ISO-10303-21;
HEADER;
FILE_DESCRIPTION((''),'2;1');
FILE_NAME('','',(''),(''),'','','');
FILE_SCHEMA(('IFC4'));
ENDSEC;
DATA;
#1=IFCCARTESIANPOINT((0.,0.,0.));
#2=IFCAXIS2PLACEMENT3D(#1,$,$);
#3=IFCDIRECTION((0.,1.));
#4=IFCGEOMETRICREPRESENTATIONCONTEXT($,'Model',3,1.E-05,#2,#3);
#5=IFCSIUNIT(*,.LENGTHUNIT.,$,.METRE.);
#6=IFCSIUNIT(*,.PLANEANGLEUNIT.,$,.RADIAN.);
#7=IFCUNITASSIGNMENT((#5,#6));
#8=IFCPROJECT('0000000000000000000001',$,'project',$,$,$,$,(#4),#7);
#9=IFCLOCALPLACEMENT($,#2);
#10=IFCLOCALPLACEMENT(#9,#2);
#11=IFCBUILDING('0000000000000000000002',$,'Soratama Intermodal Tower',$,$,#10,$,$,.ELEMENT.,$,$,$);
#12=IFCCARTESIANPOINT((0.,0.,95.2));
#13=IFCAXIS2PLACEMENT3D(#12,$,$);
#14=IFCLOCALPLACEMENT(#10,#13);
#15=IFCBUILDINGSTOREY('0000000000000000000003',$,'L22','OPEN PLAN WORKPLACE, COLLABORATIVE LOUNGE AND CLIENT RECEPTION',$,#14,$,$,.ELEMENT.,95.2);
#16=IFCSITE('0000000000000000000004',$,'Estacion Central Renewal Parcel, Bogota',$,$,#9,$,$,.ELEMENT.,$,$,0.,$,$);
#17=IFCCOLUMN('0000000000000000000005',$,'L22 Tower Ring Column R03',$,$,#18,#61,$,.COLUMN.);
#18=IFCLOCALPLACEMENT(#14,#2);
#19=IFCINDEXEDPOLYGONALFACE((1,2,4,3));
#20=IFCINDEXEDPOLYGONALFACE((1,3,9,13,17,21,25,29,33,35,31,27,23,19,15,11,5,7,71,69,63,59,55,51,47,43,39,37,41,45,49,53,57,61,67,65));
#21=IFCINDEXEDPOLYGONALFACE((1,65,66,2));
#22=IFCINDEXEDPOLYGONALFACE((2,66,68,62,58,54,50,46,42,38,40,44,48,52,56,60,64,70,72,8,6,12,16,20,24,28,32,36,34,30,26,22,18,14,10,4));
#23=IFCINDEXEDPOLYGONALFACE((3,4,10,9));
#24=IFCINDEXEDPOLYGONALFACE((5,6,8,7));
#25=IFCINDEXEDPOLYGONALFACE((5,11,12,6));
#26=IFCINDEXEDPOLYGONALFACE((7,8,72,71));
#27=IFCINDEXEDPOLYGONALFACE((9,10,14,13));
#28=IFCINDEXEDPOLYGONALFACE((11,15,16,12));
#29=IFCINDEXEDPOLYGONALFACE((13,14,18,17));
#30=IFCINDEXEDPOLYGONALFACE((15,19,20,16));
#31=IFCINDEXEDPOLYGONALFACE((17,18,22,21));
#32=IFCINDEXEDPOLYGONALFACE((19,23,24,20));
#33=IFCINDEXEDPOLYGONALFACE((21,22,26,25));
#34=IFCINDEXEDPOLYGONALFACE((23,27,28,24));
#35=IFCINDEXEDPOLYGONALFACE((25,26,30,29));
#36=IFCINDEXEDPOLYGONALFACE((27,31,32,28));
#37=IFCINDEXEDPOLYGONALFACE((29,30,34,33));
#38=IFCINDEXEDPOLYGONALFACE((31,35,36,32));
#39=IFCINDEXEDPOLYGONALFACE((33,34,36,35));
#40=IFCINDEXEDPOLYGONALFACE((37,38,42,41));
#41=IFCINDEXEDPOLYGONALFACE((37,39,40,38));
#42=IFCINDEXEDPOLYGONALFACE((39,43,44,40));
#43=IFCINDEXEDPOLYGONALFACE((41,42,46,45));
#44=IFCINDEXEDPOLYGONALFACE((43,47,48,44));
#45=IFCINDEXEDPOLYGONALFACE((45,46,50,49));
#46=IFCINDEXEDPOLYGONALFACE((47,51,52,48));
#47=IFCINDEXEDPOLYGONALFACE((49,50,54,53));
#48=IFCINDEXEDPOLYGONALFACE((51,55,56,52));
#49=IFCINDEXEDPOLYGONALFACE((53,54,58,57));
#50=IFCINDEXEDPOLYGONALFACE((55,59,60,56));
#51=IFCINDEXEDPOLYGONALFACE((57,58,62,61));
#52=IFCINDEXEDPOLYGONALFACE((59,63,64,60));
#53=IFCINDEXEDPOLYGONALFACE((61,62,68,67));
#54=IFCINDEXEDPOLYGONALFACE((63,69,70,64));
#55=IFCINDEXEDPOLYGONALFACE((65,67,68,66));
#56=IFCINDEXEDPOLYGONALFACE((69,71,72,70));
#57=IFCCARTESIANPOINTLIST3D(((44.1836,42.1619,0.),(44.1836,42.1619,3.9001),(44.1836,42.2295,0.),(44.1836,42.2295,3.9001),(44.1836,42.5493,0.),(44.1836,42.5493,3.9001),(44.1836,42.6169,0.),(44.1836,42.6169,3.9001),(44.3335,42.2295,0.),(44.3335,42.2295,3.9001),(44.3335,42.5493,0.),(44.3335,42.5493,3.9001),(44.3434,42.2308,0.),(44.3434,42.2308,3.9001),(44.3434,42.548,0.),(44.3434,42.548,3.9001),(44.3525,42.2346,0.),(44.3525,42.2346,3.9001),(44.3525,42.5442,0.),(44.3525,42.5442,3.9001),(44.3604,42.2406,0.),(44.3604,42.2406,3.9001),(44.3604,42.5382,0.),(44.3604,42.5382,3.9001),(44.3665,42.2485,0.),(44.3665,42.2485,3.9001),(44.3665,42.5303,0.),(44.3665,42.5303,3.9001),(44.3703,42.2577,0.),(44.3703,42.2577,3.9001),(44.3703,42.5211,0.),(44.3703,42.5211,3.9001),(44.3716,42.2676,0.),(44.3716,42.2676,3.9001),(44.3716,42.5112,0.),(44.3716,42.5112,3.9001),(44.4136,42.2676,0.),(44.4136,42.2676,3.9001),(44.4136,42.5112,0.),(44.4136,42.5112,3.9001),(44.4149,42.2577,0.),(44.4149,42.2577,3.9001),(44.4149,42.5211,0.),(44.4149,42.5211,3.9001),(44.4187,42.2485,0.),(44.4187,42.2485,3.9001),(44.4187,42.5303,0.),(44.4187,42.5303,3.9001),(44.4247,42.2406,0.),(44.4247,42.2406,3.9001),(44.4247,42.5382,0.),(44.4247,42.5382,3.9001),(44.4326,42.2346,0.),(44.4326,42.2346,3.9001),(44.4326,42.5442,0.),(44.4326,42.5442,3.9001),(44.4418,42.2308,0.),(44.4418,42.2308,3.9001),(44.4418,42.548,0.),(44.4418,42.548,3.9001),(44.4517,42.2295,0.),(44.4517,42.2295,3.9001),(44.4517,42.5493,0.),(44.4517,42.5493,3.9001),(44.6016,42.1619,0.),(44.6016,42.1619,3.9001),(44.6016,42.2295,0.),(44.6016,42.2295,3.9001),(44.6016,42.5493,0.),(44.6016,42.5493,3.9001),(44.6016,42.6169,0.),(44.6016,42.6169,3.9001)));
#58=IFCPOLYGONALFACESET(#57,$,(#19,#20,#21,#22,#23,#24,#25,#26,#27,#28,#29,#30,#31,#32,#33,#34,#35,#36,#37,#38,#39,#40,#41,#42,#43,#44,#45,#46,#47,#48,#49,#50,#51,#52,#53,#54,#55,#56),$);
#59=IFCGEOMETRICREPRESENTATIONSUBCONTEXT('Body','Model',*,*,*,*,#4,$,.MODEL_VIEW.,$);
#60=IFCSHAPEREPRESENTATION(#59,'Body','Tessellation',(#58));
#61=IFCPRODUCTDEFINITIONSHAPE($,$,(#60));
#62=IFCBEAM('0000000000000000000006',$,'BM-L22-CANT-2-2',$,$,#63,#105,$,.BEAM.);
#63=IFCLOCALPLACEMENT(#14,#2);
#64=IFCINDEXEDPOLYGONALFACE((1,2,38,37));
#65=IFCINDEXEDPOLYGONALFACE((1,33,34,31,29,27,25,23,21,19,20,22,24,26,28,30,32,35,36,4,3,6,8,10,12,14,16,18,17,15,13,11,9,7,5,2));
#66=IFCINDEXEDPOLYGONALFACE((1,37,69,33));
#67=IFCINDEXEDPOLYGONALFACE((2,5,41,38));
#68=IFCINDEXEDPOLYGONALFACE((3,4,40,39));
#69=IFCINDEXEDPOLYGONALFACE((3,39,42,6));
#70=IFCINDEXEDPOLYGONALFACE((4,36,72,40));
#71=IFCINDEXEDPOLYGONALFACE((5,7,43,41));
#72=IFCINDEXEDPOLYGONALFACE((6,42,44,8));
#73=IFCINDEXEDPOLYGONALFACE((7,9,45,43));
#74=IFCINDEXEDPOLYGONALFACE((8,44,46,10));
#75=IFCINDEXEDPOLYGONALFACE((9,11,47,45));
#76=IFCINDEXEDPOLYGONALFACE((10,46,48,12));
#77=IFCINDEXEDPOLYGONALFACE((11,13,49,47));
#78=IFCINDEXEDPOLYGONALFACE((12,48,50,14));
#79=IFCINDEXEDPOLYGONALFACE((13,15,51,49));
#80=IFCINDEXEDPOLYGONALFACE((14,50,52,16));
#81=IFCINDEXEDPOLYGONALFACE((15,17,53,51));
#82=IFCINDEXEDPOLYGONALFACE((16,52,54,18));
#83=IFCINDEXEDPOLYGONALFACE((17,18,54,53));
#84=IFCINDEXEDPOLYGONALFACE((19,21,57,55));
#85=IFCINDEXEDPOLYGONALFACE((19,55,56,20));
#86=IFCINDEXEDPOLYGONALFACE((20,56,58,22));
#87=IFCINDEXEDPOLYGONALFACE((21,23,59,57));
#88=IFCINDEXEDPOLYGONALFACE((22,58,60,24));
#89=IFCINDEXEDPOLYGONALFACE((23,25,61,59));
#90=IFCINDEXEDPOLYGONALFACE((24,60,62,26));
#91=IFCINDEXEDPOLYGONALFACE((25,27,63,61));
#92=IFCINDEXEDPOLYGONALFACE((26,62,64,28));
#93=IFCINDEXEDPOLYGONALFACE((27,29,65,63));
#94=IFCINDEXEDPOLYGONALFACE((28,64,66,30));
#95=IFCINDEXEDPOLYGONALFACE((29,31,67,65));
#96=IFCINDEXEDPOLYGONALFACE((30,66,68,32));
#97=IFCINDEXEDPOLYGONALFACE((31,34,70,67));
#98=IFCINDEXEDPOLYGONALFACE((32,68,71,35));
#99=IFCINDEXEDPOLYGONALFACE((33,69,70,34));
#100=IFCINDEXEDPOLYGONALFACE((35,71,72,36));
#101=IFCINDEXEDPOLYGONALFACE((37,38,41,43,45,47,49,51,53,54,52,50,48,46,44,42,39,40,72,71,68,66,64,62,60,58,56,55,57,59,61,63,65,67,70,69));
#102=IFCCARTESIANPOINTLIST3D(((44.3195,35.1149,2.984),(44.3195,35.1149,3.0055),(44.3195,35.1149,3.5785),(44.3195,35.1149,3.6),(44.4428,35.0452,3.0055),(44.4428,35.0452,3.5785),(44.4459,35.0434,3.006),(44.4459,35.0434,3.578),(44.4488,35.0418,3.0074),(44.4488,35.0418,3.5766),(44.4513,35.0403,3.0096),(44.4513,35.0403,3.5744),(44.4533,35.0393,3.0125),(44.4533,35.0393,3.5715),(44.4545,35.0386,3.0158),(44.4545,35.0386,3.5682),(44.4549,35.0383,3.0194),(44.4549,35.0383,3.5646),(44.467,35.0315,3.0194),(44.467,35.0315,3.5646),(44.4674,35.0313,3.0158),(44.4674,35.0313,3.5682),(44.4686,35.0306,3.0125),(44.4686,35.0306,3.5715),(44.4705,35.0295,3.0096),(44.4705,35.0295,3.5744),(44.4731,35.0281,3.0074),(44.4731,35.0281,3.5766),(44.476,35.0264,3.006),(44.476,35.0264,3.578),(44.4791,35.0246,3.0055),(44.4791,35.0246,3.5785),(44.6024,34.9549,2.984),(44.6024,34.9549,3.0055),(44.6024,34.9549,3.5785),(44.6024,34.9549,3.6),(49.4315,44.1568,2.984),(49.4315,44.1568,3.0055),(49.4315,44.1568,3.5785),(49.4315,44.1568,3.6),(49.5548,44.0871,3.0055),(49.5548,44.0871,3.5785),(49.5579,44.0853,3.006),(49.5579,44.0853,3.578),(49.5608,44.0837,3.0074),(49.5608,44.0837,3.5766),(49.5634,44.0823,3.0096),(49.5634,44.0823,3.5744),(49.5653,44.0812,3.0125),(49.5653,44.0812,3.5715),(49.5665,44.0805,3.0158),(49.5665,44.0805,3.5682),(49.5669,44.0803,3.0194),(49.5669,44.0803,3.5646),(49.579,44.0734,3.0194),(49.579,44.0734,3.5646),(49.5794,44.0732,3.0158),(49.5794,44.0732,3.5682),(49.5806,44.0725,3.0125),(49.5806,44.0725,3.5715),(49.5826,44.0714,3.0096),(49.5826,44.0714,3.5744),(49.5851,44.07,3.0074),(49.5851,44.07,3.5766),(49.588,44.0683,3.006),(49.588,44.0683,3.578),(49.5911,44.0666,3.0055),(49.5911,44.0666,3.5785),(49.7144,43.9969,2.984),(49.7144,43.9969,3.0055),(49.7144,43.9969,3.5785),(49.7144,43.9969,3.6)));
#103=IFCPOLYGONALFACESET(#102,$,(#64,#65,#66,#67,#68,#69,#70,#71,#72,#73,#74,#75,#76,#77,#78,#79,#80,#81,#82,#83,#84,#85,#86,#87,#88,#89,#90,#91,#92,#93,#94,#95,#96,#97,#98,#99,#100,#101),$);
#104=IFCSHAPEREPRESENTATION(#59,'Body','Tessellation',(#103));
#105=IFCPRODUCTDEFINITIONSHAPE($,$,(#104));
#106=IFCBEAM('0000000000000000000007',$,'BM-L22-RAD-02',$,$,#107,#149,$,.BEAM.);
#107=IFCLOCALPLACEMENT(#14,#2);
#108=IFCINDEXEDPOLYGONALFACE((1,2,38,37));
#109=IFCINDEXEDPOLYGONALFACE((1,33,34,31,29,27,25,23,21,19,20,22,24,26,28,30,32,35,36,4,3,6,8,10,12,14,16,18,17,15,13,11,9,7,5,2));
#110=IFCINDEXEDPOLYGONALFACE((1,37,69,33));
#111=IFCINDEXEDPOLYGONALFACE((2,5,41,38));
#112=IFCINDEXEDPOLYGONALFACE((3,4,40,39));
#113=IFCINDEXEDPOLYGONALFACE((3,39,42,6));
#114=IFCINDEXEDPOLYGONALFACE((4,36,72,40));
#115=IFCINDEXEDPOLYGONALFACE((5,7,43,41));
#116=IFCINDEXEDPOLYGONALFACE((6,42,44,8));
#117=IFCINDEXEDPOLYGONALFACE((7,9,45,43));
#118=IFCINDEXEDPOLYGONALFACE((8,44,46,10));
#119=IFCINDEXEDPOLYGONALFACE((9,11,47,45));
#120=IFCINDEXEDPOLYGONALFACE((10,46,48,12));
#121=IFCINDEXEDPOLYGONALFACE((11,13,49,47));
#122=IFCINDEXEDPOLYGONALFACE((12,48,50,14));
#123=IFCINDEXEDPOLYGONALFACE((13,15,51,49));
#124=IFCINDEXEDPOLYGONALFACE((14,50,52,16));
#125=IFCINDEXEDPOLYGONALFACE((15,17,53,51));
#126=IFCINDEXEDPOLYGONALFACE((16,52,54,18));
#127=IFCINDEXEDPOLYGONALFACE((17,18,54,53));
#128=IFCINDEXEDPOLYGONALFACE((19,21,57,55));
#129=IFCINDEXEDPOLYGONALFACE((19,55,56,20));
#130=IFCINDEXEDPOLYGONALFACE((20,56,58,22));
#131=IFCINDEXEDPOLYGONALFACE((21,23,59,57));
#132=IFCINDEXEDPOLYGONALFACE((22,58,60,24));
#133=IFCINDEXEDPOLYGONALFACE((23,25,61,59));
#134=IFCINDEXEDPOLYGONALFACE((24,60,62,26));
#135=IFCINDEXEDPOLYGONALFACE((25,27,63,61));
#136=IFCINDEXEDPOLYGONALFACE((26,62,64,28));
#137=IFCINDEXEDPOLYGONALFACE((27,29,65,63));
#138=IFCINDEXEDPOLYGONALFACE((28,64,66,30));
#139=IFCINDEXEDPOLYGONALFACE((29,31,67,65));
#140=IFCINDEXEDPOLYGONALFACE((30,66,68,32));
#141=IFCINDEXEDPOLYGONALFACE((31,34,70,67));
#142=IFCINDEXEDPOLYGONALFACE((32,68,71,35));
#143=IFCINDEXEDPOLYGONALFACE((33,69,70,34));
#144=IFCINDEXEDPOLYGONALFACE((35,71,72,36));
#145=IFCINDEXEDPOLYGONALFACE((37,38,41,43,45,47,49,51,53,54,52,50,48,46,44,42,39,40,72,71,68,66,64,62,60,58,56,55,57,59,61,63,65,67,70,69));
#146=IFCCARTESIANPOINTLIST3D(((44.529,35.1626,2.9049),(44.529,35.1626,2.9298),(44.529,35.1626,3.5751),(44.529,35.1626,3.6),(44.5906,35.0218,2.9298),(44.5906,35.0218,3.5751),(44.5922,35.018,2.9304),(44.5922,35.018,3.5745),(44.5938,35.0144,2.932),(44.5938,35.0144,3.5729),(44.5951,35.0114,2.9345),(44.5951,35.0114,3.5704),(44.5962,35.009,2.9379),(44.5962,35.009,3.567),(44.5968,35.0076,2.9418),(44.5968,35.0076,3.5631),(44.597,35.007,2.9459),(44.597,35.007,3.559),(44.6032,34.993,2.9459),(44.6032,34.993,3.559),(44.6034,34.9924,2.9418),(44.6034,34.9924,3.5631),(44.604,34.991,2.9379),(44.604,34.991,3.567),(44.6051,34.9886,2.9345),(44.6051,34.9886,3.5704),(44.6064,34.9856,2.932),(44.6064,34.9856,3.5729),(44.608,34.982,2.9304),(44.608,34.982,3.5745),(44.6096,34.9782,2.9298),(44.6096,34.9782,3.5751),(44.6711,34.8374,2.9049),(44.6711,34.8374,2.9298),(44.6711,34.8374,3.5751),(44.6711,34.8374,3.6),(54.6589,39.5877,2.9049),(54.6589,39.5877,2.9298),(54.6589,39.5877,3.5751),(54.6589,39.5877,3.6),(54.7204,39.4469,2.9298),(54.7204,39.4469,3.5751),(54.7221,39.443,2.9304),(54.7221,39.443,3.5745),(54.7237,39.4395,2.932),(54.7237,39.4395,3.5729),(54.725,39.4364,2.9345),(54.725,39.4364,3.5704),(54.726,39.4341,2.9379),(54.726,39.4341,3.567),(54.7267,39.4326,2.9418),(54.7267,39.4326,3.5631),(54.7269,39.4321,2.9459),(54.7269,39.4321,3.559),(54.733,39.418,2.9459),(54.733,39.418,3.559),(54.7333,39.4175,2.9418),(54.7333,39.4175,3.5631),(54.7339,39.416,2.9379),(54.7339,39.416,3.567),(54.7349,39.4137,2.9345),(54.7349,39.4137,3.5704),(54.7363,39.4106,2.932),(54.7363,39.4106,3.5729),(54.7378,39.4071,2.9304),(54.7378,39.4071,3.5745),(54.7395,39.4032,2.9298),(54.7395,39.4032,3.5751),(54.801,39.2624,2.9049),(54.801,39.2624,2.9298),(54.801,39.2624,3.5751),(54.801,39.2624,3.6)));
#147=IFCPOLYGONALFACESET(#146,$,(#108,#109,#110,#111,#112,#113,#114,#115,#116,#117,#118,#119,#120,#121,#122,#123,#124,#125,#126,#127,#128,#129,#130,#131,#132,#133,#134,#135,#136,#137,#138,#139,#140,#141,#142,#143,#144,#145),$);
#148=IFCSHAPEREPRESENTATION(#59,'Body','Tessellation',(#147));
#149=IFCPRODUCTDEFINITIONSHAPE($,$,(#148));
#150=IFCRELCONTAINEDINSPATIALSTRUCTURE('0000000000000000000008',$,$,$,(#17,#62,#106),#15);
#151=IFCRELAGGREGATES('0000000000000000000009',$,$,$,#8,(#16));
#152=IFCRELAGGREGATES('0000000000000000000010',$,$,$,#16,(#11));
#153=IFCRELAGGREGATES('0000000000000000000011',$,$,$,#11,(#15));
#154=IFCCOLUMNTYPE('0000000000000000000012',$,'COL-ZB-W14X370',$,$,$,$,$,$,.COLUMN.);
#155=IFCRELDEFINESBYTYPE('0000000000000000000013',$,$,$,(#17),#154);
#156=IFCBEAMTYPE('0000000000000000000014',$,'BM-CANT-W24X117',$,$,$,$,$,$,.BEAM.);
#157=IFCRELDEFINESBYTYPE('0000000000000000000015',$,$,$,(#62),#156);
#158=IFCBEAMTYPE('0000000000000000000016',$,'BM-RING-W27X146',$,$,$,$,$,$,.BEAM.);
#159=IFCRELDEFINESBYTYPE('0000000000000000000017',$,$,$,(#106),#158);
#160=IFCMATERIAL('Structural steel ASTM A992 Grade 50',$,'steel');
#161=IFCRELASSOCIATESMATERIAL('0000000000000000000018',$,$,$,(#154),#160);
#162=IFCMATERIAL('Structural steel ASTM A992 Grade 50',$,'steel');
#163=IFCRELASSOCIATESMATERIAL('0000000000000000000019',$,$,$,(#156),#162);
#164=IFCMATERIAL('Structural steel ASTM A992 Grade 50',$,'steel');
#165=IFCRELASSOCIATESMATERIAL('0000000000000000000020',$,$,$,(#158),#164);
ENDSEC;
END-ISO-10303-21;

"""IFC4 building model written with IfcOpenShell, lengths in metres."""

from ifc_helpers import new_model, si_unit, direction, frame, origin, origin_2d, place, context, subcontext, project, spatial, i_section, extrude, material, material_profile, profile_set, type_object, element, save


model = new_model("IFC4")

# Units and contexts
model_context = context("Model", 3, precision=1e-05, world=origin(), true_north=direction((0.0, 1.0)))
body_context = subcontext(model_context, "Body", "Model", "MODEL_VIEW")
ifc_project = project(units=[si_unit("LENGTHUNIT", "METRE"), si_unit("PLANEANGLEUNIT", "RADIAN")], contexts=[model_context])

# Site, building, storey
site_placement = place(None, origin())
site = spatial("IfcSite", under=ifc_project, at=site_placement, Name="Estacion Central Renewal Parcel, Bogota", CompositionType="ELEMENT", RefElevation=0.0)
building_placement = place(site_placement, origin())
building = spatial("IfcBuilding", under=site, at=building_placement, Name="Soratama Intermodal Tower", CompositionType="ELEMENT")
storey_placement = place(building_placement, frame((0.0, 0.0, 95.2)))
storey = spatial("IfcBuildingStorey", under=building, at=storey_placement, Name="L22", Description="OPEN PLAN WORKPLACE, COLLABORATIVE LOUNGE AND CLIENT RECEPTION", CompositionType="ELEMENT", Elevation=95.2)

# Column
ifc_material_1 = material(Name="Structural steel ASTM A992 Grade 50", Category="steel")
ifc_material_profile_1 = material_profile(ifc_material_1, i_section(OverallWidth=0.418, OverallDepth=0.4551, WebThickness=0.042, FlangeThickness=0.0676, FilletRadius=0.0381, at=origin_2d()), Name="W14X370")
ifc_profile_set_1 = profile_set([ifc_material_profile_1], Name="Structural steel ASTM A992 Grade 50")
column_type = type_object("IfcColumnType", Name="COL-ZB-W14X370", PredefinedType="COLUMN", material=ifc_profile_set_1)
column_placement = place(storey_placement, frame((44.3926, 42.3894, 0.0), z_axis=(0.0, 0.0, 1.0), x_axis=(1.0, 0.0, 0.0)))
element("IfcColumn", 1, at=column_placement, inside=storey, type_object=column_type, Name="L22 Tower Ring Column R03", PredefinedType="COLUMN", context=body_context, shape_type="SweptSolid", body=[
    extrude(i_section(OverallWidth=0.418, OverallDepth=0.4551, WebThickness=0.042, FlangeThickness=0.0676, FilletRadius=0.0381, at=origin_2d()), origin(), (0.0, 0.0, 1.0), 3.9001),
])

# Beams
ifc_material_2 = material(Name="Structural steel ASTM A992 Grade 50", Category="steel")
ifc_material_profile_2 = material_profile(ifc_material_2, i_section(OverallWidth=0.325, OverallDepth=0.616, WebThickness=0.0139, FlangeThickness=0.0215, FilletRadius=0.0139, at=origin_2d()), Name="W24X117")
ifc_profile_set_2 = profile_set([ifc_material_profile_2], Name="Structural steel ASTM A992 Grade 50")
beam_type_1 = type_object("IfcBeamType", Name="BM-CANT-W24X117", PredefinedType="BEAM", material=ifc_profile_set_2)
beam_1_placement = place(storey_placement, frame((44.4609, 35.0349, 3.292), z_axis=(0.492157, 0.870506, 0.0), x_axis=(-0.870506, 0.492157, 0.0)))
element("IfcBeam", 2, at=beam_1_placement, inside=storey, type_object=beam_type_1, Name="BM-L22-CANT-2-2", PredefinedType="BEAM", context=body_context, shape_type="SweptSolid", body=[
    extrude(i_section(OverallWidth=0.325, OverallDepth=0.616, WebThickness=0.0139, FlangeThickness=0.0215, FilletRadius=0.0139, at=origin_2d()), origin(), (0.0, 0.0, 1.0), 10.387),
])
ifc_material_3 = material(Name="Structural steel ASTM A992 Grade 50", Category="steel")
ifc_material_profile_3 = material_profile(ifc_material_3, i_section(OverallWidth=0.355, OverallDepth=0.6951, WebThickness=0.0154, FlangeThickness=0.0249, FilletRadius=0.0161, at=origin_2d()), Name="W27X146")
ifc_profile_set_3 = profile_set([ifc_material_profile_3], Name="Structural steel ASTM A992 Grade 50")
beam_type_2 = type_object("IfcBeamType", Name="BM-RING-W27X146", PredefinedType="BEAM", material=ifc_profile_set_3)
beam_2_placement = place(storey_placement, frame((44.6001, 35.0, 3.2524), z_axis=(0.916382, 0.400304, 0.0), x_axis=(-0.400304, 0.916382, 0.0)))
element("IfcBeam", 3, at=beam_2_placement, inside=storey, type_object=beam_type_2, Name="BM-L22-RAD-02", PredefinedType="BEAM", context=body_context, shape_type="SweptSolid", body=[
    extrude(i_section(OverallWidth=0.355, OverallDepth=0.6951, WebThickness=0.0154, FlangeThickness=0.0249, FilletRadius=0.0161, at=origin_2d()), origin(), (0.0, 0.0, 1.0), 11.0542),
])

save(model, "model.ifc")
